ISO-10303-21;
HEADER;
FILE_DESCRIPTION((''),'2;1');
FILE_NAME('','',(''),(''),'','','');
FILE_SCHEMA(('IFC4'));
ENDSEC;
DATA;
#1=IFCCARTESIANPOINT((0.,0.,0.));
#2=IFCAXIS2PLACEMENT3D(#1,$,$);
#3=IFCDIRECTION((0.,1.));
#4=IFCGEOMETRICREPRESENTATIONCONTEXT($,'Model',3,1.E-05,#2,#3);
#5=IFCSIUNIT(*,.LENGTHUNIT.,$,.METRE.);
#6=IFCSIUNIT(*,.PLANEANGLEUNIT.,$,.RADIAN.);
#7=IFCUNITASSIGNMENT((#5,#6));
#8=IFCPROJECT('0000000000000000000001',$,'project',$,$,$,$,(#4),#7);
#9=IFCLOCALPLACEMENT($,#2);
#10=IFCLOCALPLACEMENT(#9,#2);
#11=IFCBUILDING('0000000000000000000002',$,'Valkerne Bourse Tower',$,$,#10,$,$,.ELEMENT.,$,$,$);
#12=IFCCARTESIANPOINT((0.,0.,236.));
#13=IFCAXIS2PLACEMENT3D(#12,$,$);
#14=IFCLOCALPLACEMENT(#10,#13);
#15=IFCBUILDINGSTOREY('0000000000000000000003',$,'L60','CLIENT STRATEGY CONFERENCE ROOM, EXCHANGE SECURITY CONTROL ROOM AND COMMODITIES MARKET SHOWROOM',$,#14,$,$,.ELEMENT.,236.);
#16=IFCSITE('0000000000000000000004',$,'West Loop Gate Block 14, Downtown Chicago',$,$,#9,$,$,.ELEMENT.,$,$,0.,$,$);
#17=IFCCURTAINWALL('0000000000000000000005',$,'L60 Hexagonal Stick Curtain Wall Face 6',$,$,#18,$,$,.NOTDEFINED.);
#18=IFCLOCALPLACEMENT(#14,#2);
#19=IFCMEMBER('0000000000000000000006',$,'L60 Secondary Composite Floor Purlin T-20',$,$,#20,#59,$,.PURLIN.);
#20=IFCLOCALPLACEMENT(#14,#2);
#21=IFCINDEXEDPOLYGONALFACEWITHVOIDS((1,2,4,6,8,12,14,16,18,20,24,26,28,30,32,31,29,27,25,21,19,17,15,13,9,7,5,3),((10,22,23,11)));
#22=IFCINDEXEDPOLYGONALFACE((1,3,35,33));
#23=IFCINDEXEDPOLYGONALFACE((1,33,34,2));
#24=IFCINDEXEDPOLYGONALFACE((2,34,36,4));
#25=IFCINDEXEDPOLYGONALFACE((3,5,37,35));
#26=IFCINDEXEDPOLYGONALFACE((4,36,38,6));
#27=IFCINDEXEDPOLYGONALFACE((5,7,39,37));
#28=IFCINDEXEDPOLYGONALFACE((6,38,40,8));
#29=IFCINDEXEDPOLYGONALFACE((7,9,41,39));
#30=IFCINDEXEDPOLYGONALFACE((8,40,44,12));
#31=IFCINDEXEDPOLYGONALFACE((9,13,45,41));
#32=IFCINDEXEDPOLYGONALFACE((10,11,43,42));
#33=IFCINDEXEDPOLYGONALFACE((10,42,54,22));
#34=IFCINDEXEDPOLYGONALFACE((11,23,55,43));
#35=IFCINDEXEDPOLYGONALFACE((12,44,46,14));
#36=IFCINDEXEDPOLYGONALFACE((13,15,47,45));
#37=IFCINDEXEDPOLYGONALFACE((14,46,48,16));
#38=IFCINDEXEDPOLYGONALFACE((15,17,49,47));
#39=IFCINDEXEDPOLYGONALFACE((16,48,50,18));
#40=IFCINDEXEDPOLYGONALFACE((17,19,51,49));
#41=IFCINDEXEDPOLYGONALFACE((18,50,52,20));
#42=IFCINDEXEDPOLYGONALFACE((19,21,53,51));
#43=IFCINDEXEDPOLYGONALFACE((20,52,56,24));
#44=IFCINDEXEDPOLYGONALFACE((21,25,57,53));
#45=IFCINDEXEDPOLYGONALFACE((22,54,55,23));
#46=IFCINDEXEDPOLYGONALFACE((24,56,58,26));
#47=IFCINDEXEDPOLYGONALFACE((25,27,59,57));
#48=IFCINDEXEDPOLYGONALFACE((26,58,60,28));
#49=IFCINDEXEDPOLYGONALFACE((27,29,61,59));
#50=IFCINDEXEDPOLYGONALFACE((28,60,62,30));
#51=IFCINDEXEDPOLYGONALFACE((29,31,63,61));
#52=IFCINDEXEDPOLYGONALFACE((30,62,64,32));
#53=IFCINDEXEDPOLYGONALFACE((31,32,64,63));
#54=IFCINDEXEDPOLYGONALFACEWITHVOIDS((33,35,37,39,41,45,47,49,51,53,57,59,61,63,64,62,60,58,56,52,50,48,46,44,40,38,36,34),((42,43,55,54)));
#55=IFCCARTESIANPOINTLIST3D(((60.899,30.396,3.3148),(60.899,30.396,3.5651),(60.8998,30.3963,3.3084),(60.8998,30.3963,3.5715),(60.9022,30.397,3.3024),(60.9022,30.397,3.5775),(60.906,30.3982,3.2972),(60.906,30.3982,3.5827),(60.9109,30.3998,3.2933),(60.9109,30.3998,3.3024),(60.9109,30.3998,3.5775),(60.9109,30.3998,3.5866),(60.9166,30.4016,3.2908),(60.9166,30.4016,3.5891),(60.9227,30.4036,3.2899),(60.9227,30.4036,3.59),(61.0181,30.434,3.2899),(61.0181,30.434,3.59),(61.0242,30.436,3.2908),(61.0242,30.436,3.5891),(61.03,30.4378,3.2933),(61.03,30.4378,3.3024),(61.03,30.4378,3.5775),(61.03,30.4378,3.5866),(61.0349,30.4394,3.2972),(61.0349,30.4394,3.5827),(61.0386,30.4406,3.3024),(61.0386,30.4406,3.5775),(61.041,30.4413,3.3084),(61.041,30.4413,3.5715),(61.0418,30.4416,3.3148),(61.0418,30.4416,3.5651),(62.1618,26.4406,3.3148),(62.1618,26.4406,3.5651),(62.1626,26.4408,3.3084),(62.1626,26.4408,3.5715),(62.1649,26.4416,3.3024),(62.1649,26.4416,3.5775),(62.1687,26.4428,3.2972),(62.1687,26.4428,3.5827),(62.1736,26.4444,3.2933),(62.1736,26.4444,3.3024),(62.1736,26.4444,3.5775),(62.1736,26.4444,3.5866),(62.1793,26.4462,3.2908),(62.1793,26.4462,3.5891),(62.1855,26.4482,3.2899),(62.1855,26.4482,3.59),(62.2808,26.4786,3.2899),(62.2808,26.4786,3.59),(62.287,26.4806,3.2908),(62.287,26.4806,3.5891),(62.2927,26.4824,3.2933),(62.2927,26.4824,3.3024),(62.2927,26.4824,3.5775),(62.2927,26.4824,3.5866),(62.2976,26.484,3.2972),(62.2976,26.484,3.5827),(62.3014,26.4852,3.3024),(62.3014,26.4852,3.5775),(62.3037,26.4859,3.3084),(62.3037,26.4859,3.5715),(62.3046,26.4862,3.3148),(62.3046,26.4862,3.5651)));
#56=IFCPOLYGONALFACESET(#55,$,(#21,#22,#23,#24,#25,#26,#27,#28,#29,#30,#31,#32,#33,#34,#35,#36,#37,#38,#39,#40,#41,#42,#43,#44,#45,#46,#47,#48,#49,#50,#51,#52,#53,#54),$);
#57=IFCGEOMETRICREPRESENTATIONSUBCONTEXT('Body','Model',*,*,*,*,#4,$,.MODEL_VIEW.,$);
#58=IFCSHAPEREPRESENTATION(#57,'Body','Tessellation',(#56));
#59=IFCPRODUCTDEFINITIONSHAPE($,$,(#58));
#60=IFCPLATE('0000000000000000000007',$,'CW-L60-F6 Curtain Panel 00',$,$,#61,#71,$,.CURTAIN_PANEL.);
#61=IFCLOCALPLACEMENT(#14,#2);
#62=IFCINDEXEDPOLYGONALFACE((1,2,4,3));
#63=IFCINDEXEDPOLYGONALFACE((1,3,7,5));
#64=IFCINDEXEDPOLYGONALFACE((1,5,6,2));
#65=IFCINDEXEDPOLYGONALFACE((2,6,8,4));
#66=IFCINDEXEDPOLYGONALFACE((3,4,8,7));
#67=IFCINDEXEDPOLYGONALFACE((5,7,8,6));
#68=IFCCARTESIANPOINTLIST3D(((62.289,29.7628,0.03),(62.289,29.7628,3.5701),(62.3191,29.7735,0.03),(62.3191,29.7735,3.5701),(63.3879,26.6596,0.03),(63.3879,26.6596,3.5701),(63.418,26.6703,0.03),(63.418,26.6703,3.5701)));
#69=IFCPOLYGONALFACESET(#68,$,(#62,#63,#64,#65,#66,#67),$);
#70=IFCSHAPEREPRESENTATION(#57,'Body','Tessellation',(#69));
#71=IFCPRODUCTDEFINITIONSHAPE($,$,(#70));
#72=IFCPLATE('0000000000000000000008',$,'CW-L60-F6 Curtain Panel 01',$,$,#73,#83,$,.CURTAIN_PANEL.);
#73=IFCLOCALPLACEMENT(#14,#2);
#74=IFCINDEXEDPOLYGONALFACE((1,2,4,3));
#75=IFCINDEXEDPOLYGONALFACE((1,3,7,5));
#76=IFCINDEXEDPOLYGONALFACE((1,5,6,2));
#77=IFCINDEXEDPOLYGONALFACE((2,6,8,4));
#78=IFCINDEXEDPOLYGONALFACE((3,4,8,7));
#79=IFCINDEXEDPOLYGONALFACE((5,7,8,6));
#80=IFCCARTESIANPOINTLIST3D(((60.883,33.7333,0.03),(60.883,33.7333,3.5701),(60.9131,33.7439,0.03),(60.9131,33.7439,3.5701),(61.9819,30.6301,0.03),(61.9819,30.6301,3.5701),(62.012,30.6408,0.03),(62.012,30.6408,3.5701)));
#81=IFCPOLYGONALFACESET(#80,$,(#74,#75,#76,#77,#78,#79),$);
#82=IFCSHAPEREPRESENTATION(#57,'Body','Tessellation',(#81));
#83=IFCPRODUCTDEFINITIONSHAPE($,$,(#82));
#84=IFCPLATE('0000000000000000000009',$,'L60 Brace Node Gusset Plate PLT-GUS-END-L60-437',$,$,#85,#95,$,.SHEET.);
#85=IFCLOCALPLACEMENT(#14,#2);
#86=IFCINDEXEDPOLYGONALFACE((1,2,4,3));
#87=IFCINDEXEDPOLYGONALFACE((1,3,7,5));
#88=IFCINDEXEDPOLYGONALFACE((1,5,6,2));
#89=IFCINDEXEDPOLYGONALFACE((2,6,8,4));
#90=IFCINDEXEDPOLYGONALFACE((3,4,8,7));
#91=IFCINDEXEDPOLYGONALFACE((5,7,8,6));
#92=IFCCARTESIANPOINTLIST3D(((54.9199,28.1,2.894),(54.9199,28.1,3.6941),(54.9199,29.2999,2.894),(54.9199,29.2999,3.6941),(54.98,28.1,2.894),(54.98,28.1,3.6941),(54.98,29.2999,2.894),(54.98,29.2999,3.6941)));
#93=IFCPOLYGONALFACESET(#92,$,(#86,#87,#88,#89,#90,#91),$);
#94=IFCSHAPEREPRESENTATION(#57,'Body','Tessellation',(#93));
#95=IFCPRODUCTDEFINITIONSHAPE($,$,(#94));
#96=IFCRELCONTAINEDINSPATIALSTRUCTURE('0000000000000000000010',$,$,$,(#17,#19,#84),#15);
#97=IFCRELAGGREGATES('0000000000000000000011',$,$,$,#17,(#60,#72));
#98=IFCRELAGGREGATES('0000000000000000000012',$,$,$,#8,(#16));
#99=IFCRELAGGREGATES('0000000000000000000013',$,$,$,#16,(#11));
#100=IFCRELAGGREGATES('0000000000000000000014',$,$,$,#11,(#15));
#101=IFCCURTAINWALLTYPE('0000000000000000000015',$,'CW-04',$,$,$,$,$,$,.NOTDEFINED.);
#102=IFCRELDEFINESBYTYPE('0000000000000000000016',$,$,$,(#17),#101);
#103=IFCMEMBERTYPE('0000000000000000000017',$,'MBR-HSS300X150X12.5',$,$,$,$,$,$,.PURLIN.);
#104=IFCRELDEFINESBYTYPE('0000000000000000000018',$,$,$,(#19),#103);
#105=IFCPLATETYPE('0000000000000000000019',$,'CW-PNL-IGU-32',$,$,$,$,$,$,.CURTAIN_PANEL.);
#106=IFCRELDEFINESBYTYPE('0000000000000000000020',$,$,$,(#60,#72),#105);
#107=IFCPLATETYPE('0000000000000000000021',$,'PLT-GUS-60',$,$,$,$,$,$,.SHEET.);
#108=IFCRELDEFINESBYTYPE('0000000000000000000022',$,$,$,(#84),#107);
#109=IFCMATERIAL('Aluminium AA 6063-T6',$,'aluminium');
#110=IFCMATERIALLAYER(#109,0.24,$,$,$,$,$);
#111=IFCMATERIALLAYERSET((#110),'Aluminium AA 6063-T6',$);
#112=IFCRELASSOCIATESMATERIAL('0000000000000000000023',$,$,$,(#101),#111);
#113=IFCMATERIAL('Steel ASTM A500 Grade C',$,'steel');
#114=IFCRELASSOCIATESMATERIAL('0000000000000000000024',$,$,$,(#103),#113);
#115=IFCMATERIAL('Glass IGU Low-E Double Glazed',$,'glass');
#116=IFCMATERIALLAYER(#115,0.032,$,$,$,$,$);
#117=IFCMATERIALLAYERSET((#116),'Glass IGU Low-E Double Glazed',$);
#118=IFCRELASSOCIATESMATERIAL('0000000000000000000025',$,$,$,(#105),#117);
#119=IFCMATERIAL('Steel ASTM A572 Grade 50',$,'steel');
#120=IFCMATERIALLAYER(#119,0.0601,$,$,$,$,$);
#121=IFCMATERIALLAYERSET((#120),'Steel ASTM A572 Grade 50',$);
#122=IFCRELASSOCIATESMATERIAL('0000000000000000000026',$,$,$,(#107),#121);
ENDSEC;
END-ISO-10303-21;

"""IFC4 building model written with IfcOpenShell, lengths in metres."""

from ifc_helpers import new_model, si_unit, direction, frame, origin, origin_2d, place, context, subcontext, project, spatial, rectangle, hollow_rectangle, extrude, material, layer, layer_set, material_profile, profile_set, type_object, element, aggregate, save


model = new_model("IFC4")

# Units and contexts
model_context = context("Model", 3, precision=1e-05, world=origin(), true_north=direction((0.0, 1.0)))
body_context = subcontext(model_context, "Body", "Model", "MODEL_VIEW")
ifc_project = project(units=[si_unit("LENGTHUNIT", "METRE"), si_unit("PLANEANGLEUNIT", "RADIAN")], contexts=[model_context])

# Site, building, storey
site_placement = place(None, origin())
site = spatial("IfcSite", under=ifc_project, at=site_placement, Name="West Loop Gate Block 14, Downtown Chicago", CompositionType="ELEMENT", RefElevation=0.0)
building_placement = place(site_placement, origin())
building = spatial("IfcBuilding", under=site, at=building_placement, Name="Valkerne Bourse Tower", CompositionType="ELEMENT")
storey_placement = place(building_placement, frame((0.0, 0.0, 236.0)))
storey = spatial("IfcBuildingStorey", under=building, at=storey_placement, Name="L60", Description="CLIENT STRATEGY CONFERENCE ROOM, EXCHANGE SECURITY CONTROL ROOM AND COMMODITIES MARKET SHOWROOM", CompositionType="ELEMENT", Elevation=236.0)

# Curtain wall
ifc_material_1 = material(Name="Aluminium AA 6063-T6", Category="aluminium")
ifc_layer_1 = layer(ifc_material_1, 0.24)
ifc_layer_set_1 = layer_set([ifc_layer_1], Name="Aluminium AA 6063-T6")
curtain_wall_type = type_object("IfcCurtainWallType", Name="CW-04", PredefinedType="NOTDEFINED", material=ifc_layer_set_1)
curtain_wall_placement = place(storey_placement, origin())
curtain_wall = element("IfcCurtainWall", 1, at=curtain_wall_placement, inside=storey, type_object=curtain_wall_type, Name="L60 Hexagonal Stick Curtain Wall Face 6", PredefinedType="NOTDEFINED")

# Member
ifc_material_2 = material(Name="Steel ASTM A500 Grade C", Category="steel")
ifc_material_profile_1 = material_profile(ifc_material_2, hollow_rectangle(XDim=0.1499, YDim=0.3, WallThickness=0.0125, OuterFilletRadius=0.0249, at=origin_2d()), Name="HSS300X150X12.5")
ifc_profile_set_1 = profile_set([ifc_material_profile_1], Name="Steel ASTM A500 Grade C")
member_type_1 = type_object("IfcMemberType", Name="MBR-HSS300X150X12.5", PredefinedType="PURLIN", material=ifc_profile_set_1)
member_1_placement = place(storey_placement, frame((62.2332, 26.4634, 3.4399), z_axis=(-0.304119, 0.952634, 0.0), x_axis=(-0.952634, -0.304119, 0.0)))
element("IfcMember", 2, at=member_1_placement, inside=storey, type_object=member_type_1, Name="L60 Secondary Composite Floor Purlin T-20", PredefinedType="PURLIN", context=body_context, shape_type="SweptSolid", body=[
    extrude(hollow_rectangle(XDim=0.1499, YDim=0.3, WallThickness=0.0125, OuterFilletRadius=0.0249, at=origin_2d()), origin(), (0.0, 0.0, 1.0), 4.1521),
])

# Plates
ifc_material_3 = material(Name="Glass IGU Low-E Double Glazed", Category="glass")
ifc_layer_2 = layer(ifc_material_3, 0.032)
ifc_layer_set_2 = layer_set([ifc_layer_2], Name="Glass IGU Low-E Double Glazed")
plate_type_1 = type_object("IfcPlateType", Name="CW-PNL-IGU-32", PredefinedType="CURTAIN_PANEL", material=ifc_layer_set_2)
plate_1_placement = place(storey_placement, frame((62.8535, 28.2166, 0.03), z_axis=(0.0, 0.0, 1.0), x_axis=(-0.333808, 0.942641, 0.0)))
plate_1 = element("IfcPlate", 3, at=plate_1_placement, type_object=plate_type_1, Name="CW-L60-F6 Curtain Panel 00", PredefinedType="CURTAIN_PANEL", context=body_context, shape_type="SweptSolid", body=[
    extrude(rectangle(XDim=3.292, YDim=0.032, at=origin_2d()), origin(), (0.0, 0.0, 1.0), 3.54),
])
plate_2_placement = place(storey_placement, frame((61.4475, 32.187, 0.03), z_axis=(0.0, 0.0, 1.0), x_axis=(-0.333808, 0.942641, 0.0)))
plate_2 = element("IfcPlate", 4, at=plate_2_placement, type_object=plate_type_1, Name="CW-L60-F6 Curtain Panel 01", PredefinedType="CURTAIN_PANEL", context=body_context, shape_type="SweptSolid", body=[
    extrude(rectangle(XDim=3.292, YDim=0.032, at=origin_2d()), origin(), (0.0, 0.0, 1.0), 3.54),
])
aggregate(curtain_wall, [plate_1, plate_2])
ifc_material_4 = material(Name="Steel ASTM A572 Grade 50", Category="steel")
ifc_layer_3 = layer(ifc_material_4, 0.0601)
ifc_layer_set_3 = layer_set([ifc_layer_3], Name="Steel ASTM A572 Grade 50")
plate_type_2 = type_object("IfcPlateType", Name="PLT-GUS-60", PredefinedType="SHEET", material=ifc_layer_set_3)
plate_3_placement = place(storey_placement, frame((54.95, 28.7, 2.894), z_axis=(0.0, 0.0, 1.0), x_axis=(0.0, 1.0, 0.0)))
element("IfcPlate", 5, at=plate_3_placement, inside=storey, type_object=plate_type_2, Name="L60 Brace Node Gusset Plate PLT-GUS-END-L60-437", PredefinedType="SHEET", context=body_context, shape_type="SweptSolid", body=[
    extrude(rectangle(XDim=1.2, YDim=0.0601, at=origin_2d()), origin(), (0.0, 0.0, 1.0), 0.8),
])

save(model, "model.ifc")
